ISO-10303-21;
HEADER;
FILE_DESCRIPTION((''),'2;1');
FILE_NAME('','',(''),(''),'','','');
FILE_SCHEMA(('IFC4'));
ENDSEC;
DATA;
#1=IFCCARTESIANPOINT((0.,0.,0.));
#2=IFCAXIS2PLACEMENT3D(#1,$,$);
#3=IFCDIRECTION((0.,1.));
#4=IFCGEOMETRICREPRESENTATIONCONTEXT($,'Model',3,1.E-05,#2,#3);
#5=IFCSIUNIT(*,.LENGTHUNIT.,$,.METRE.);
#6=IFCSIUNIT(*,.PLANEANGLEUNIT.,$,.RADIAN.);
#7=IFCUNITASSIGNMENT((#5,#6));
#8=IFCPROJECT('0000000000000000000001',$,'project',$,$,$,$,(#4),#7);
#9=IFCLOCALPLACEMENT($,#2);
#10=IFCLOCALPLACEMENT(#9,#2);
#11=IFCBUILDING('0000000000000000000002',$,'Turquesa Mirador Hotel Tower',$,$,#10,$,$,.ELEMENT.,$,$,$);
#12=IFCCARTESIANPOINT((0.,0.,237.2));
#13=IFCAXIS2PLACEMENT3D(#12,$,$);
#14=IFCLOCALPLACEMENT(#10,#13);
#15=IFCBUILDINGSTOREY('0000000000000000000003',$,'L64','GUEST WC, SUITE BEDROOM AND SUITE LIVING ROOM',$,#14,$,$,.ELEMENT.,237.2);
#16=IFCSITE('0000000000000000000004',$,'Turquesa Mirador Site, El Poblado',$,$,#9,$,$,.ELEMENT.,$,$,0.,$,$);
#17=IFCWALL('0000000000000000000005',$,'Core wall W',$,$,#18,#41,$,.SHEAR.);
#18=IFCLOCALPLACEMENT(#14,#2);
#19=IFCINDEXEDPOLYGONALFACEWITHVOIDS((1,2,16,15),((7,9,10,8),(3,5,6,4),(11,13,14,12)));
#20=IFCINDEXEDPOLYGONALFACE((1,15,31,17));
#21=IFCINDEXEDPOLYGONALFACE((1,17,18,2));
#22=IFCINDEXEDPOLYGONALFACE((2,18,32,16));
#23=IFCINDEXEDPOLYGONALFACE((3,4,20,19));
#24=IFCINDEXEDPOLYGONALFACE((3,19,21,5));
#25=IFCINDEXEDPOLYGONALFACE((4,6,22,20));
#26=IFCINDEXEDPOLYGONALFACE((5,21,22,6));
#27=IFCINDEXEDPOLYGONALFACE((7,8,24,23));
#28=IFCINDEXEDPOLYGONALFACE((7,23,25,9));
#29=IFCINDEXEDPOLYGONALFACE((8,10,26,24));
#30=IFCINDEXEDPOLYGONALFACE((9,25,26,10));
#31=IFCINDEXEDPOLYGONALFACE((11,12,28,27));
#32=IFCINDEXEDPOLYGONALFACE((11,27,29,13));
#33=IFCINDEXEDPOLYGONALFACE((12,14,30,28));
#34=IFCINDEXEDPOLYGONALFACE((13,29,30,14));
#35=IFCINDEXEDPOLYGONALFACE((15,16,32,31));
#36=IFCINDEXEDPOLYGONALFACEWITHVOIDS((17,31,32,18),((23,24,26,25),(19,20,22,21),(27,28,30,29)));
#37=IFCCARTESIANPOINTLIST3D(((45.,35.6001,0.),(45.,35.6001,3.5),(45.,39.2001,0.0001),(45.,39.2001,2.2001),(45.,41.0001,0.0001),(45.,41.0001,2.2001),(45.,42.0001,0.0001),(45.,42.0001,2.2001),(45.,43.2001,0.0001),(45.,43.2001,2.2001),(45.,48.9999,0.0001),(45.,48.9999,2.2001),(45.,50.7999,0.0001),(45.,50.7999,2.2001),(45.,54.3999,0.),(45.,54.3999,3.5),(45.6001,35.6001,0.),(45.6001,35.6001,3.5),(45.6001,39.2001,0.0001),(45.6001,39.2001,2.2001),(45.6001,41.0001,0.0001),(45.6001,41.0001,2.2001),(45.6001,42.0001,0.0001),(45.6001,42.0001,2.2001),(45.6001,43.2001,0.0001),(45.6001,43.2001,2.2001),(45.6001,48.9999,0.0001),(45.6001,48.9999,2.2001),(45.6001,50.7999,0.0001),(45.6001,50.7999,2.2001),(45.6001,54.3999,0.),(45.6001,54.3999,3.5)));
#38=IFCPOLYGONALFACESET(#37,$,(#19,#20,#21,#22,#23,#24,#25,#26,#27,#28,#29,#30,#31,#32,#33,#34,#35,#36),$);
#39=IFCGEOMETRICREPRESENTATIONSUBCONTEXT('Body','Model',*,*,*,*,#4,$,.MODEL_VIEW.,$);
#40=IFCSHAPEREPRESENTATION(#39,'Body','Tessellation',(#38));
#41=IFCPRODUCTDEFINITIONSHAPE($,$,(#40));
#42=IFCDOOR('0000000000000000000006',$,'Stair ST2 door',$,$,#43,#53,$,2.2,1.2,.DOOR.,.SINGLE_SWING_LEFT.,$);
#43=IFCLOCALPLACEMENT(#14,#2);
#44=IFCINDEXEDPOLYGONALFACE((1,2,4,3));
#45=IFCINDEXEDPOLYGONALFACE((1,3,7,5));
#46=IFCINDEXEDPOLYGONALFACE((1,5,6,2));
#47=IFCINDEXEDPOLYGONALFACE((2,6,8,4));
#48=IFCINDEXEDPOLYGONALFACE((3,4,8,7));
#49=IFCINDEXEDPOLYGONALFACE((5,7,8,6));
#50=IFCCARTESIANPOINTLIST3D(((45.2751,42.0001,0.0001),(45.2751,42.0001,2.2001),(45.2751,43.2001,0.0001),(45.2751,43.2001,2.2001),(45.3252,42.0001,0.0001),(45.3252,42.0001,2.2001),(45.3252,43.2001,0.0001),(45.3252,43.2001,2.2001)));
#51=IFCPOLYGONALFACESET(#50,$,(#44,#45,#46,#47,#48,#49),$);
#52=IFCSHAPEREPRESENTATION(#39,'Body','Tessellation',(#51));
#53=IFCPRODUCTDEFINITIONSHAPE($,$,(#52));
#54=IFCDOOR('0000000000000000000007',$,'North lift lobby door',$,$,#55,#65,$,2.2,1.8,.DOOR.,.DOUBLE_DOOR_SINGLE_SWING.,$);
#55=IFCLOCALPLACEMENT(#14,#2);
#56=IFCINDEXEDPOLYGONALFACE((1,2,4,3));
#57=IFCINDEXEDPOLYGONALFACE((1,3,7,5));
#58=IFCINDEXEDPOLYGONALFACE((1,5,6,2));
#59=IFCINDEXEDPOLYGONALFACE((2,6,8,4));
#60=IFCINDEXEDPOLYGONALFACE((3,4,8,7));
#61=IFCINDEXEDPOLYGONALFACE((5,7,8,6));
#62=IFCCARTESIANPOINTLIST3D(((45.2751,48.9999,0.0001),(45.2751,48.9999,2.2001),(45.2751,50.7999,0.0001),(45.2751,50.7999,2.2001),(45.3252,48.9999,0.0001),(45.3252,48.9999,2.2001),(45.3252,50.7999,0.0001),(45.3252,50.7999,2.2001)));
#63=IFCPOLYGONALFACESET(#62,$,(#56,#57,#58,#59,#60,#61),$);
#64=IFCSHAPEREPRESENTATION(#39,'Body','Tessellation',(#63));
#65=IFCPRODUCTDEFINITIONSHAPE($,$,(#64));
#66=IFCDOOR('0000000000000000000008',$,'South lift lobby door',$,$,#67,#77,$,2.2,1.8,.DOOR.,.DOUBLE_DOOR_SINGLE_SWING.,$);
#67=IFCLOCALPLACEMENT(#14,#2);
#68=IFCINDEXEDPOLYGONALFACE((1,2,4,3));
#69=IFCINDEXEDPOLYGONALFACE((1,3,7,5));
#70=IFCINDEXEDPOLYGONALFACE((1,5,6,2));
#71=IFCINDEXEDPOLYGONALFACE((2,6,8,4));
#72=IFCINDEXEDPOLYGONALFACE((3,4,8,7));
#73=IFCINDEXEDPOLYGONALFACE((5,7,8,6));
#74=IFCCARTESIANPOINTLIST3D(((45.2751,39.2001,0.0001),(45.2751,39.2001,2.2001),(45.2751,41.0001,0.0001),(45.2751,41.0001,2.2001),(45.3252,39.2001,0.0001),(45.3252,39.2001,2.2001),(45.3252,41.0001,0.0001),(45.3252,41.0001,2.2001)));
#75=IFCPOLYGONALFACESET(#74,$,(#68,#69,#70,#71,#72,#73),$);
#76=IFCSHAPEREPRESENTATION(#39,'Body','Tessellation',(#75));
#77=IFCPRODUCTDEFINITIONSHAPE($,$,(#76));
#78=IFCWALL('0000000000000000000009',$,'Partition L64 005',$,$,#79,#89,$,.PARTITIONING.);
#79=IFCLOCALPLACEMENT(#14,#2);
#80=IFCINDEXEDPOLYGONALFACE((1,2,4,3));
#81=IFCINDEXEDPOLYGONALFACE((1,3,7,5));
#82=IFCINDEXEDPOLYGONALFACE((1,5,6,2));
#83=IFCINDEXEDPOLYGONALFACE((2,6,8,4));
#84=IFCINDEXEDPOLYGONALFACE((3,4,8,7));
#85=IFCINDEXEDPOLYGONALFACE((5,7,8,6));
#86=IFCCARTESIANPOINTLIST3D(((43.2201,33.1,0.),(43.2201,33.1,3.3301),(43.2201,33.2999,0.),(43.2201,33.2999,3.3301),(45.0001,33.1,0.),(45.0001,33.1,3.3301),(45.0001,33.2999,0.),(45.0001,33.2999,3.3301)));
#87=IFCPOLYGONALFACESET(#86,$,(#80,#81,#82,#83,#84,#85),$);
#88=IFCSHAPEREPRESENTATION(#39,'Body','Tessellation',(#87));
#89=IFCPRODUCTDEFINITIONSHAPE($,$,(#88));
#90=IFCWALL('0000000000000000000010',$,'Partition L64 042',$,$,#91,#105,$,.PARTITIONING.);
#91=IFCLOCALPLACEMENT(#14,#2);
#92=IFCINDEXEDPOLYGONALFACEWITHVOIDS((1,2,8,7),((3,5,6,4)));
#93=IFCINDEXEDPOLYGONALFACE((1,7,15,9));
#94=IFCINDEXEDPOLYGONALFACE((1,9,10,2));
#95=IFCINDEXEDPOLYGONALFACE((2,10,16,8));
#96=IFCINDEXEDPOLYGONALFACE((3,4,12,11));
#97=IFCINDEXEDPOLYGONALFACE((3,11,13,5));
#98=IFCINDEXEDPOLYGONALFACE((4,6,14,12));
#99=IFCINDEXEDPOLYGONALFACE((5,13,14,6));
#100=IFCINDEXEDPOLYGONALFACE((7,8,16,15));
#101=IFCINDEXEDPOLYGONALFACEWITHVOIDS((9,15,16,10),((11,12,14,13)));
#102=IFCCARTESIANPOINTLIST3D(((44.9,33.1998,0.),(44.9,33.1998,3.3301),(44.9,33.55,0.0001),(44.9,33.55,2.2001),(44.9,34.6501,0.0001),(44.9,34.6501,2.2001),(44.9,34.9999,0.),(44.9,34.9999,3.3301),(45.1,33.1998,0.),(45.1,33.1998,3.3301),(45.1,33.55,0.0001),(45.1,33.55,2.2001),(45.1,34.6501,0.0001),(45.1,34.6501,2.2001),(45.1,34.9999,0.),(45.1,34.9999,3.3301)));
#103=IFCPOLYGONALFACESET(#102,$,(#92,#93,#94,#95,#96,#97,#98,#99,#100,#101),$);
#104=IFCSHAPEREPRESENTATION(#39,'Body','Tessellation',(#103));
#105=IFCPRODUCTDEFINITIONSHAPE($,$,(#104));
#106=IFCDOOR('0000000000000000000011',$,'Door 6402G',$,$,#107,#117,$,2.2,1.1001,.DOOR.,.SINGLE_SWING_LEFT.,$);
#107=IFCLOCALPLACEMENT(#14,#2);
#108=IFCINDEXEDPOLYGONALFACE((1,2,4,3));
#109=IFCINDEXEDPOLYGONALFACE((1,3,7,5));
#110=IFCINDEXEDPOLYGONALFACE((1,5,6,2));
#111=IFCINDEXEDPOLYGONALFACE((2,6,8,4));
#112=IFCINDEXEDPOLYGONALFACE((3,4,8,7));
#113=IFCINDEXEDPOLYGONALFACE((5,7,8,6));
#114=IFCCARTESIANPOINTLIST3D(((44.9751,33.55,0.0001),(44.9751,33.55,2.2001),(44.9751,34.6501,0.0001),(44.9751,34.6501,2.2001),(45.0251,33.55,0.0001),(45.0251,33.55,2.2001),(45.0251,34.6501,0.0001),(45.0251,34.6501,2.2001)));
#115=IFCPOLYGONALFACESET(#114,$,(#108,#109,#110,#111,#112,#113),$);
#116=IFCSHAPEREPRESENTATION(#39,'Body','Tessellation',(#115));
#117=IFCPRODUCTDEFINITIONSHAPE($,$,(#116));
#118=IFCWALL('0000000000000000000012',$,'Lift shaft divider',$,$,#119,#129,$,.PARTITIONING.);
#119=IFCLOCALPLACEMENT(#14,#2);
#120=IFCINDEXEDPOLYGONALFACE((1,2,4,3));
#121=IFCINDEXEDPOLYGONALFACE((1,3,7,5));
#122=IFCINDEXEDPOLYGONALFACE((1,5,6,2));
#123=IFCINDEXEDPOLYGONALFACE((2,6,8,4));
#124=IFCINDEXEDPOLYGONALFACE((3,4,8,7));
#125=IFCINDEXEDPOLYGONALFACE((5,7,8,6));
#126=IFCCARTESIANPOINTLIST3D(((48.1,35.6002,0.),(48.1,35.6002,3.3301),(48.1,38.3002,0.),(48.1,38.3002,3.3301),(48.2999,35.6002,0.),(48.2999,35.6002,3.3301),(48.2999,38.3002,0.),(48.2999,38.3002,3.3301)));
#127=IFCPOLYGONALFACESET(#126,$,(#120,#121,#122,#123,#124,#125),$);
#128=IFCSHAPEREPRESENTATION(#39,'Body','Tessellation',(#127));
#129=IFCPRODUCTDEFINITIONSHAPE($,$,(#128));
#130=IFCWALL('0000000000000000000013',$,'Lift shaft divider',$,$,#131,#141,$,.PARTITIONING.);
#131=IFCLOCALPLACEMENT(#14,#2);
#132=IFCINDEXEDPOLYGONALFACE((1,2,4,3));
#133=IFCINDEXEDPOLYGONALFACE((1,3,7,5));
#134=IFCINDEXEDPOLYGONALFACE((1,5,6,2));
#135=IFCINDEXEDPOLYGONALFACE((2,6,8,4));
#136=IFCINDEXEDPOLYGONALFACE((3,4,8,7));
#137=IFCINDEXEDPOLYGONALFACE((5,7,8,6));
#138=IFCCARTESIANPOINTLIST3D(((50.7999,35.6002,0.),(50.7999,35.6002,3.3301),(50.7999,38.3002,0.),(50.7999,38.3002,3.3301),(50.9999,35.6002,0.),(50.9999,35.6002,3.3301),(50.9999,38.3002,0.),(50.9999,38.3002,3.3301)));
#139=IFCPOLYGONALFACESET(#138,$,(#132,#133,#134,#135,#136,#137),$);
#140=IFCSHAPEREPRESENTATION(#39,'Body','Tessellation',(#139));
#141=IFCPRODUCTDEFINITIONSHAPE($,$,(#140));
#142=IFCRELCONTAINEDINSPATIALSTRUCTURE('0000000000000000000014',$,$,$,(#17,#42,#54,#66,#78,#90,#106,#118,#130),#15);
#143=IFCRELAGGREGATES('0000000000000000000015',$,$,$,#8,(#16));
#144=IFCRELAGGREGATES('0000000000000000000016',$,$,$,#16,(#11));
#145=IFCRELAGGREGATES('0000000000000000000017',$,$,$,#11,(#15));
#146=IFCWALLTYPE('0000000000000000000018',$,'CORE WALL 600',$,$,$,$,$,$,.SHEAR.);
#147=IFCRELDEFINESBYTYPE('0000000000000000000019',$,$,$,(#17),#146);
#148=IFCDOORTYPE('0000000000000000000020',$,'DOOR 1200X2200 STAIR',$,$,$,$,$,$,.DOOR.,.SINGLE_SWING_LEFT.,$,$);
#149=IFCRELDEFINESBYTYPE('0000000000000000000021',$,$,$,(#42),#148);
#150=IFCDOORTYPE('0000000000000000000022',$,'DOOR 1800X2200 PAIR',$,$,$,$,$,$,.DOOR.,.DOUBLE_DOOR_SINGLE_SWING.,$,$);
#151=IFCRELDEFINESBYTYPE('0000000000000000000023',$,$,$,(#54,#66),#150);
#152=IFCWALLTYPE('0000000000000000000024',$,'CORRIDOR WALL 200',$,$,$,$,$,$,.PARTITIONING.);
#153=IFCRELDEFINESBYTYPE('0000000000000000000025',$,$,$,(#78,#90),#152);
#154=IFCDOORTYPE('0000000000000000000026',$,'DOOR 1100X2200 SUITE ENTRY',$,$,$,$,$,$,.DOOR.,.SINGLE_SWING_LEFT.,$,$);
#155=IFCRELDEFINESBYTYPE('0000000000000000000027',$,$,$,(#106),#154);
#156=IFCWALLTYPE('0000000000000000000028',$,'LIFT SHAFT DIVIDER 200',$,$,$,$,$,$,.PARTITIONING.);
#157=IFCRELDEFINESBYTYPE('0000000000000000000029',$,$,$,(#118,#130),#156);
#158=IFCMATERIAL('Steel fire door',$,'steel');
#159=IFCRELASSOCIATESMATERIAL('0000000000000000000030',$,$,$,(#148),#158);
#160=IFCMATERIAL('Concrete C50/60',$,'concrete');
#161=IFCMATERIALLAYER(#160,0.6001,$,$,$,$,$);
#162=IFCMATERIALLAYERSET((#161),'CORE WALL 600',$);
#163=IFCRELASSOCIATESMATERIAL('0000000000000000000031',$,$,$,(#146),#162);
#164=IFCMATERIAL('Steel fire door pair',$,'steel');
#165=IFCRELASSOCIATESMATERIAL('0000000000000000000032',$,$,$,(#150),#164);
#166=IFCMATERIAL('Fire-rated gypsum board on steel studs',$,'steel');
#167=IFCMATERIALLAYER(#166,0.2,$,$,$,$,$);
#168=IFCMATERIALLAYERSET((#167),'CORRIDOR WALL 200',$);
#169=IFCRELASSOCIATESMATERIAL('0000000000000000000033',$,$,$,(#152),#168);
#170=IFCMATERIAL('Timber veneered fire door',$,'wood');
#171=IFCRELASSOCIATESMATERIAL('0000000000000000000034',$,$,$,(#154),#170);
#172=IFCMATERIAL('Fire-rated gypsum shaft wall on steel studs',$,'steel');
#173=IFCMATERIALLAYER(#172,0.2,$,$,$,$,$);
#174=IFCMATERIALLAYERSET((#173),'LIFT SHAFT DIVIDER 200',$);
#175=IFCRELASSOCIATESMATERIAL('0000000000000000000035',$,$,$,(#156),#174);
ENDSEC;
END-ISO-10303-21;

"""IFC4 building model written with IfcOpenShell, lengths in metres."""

from ifc_helpers import new_model, si_unit, direction, frame, frame_2d, origin, place, context, subcontext, project, spatial, rectangle, extrude, material, layer, layer_set, type_object, element, fill, save


model = new_model("IFC4")

# Units and contexts
model_context = context("Model", 3, precision=1e-05, world=origin(), true_north=direction((0.0, 1.0)))
body_context = subcontext(model_context, "Body", "Model", "MODEL_VIEW")
ifc_project = project(units=[si_unit("LENGTHUNIT", "METRE"), si_unit("PLANEANGLEUNIT", "RADIAN")], contexts=[model_context])

# Site, building, storey
site_placement = place(None, origin())
site = spatial("IfcSite", under=ifc_project, at=site_placement, Name="Turquesa Mirador Site, El Poblado", CompositionType="ELEMENT", RefElevation=0.0)
building_placement = place(site_placement, origin())
building = spatial("IfcBuilding", under=site, at=building_placement, Name="Turquesa Mirador Hotel Tower", CompositionType="ELEMENT")
storey_placement = place(building_placement, frame((0.0, 0.0, 237.2)))
storey = spatial("IfcBuildingStorey", under=building, at=storey_placement, Name="L64", Description="GUEST WC, SUITE BEDROOM AND SUITE LIVING ROOM", CompositionType="ELEMENT", Elevation=237.2)

# Shared definitions
ifc_material_1 = material(Name="Steel fire door", Category="steel")
door_type_1 = type_object("IfcDoorType", Name="DOOR 1200X2200 STAIR", OperationType="SINGLE_SWING_LEFT", PredefinedType="DOOR", material=ifc_material_1)

# Shared definitions
ifc_material_2 = material(Name="Concrete C50/60", Category="concrete")
ifc_layer_1 = layer(ifc_material_2, 0.6001)
ifc_layer_set_1 = layer_set([ifc_layer_1], Name="CORE WALL 600")
wall_type_1 = type_object("IfcWallType", Name="CORE WALL 600", PredefinedType="SHEAR", material=ifc_layer_set_1)

# Wall, openings, doors
wall_1_placement = place(storey_placement, frame((45.3, 35.6001, 0.0), z_axis=(0.0, 0.0, 1.0), x_axis=(0.0, 1.0, 0.0)))
wall_1 = element("IfcWall", 1, at=wall_1_placement, inside=storey, type_object=wall_type_1, Name="Core wall W", PredefinedType="SHEAR", context=body_context, shape_type="SweptSolid", body=[
    extrude(rectangle(XDim=18.7998, YDim=0.6001, at=frame_2d((9.3999, 0.0))), origin(), (0.0, 0.0, 1.0), 3.5),
])
opening_1_placement = place(wall_1_placement, frame((13.3999, 0.0, 0.0)))
opening_1 = element("IfcOpeningElement", 2, at=opening_1_placement, cuts=wall_1, PredefinedType="OPENING", context=body_context, shape_type="SweptSolid", body=[
    extrude(rectangle(XDim=1.8, YDim=2.2, at=frame_2d((0.8999, 1.1001))), frame((0.0, 0.3101, 0.0), z_axis=(0.0, -1.0, 0.0), x_axis=(1.0, 0.0, 0.0)), (0.0, 0.0, 1.0), 0.6201),
])
opening_2_placement = place(wall_1_placement, frame((3.6001, 0.0, 0.0)))
opening_2 = element("IfcOpeningElement", 3, at=opening_2_placement, cuts=wall_1, PredefinedType="OPENING", context=body_context, shape_type="SweptSolid", body=[
    extrude(rectangle(XDim=1.8, YDim=2.2, at=frame_2d((0.8999, 1.1001))), frame((0.0, 0.3101, 0.0), z_axis=(0.0, -1.0, 0.0), x_axis=(1.0, 0.0, 0.0)), (0.0, 0.0, 1.0), 0.6201),
])
opening_3_placement = place(wall_1_placement, frame((6.3999, 0.0, 0.0)))
opening_3 = element("IfcOpeningElement", 4, at=opening_3_placement, cuts=wall_1, PredefinedType="OPENING", context=body_context, shape_type="SweptSolid", body=[
    extrude(rectangle(XDim=1.2, YDim=2.2, at=frame_2d((0.6001, 1.1001))), frame((0.0, 0.3101, 0.0), z_axis=(0.0, -1.0, 0.0), x_axis=(1.0, 0.0, 0.0)), (0.0, 0.0, 1.0), 0.6201),
])
door_1_placement = place(opening_3_placement, origin())
door_1 = element("IfcDoor", 5, at=door_1_placement, inside=storey, type_object=door_type_1, Name="Stair ST2 door", OperationType="SINGLE_SWING_LEFT", OverallHeight=2.2, OverallWidth=1.2, PredefinedType="DOOR", context=body_context, shape_type="SweptSolid", body=[
    extrude(rectangle(XDim=1.2, YDim=2.2, at=frame_2d((0.6001, 1.1001))), frame((0.0, 0.0249, 0.0), z_axis=(0.0, -1.0, 0.0), x_axis=(1.0, 0.0, 0.0)), (0.0, 0.0, 1.0), 0.05),
])
fill(opening_3, door_1)
ifc_material_3 = material(Name="Steel fire door pair", Category="steel")
door_type_2 = type_object("IfcDoorType", Name="DOOR 1800X2200 PAIR", OperationType="DOUBLE_DOOR_SINGLE_SWING", PredefinedType="DOOR", material=ifc_material_3)
door_2_placement = place(opening_1_placement, origin())
door_2 = element("IfcDoor", 6, at=door_2_placement, inside=storey, type_object=door_type_2, Name="North lift lobby door", OperationType="DOUBLE_DOOR_SINGLE_SWING", OverallHeight=2.2, OverallWidth=1.8, PredefinedType="DOOR", context=body_context, shape_type="SweptSolid", body=[
    extrude(rectangle(XDim=1.8, YDim=2.2, at=frame_2d((0.8999, 1.1001))), frame((0.0, 0.0249, 0.0), z_axis=(0.0, -1.0, 0.0), x_axis=(1.0, 0.0, 0.0)), (0.0, 0.0, 1.0), 0.05),
])
fill(opening_1, door_2)
door_3_placement = place(opening_2_placement, origin())
door_3 = element("IfcDoor", 7, at=door_3_placement, inside=storey, type_object=door_type_2, Name="South lift lobby door", OperationType="DOUBLE_DOOR_SINGLE_SWING", OverallHeight=2.2, OverallWidth=1.8, PredefinedType="DOOR", context=body_context, shape_type="SweptSolid", body=[
    extrude(rectangle(XDim=1.8, YDim=2.2, at=frame_2d((0.8999, 1.1001))), frame((0.0, 0.0249, 0.0), z_axis=(0.0, -1.0, 0.0), x_axis=(1.0, 0.0, 0.0)), (0.0, 0.0, 1.0), 0.05),
])
fill(opening_2, door_3)

# Wall
ifc_material_4 = material(Name="Fire-rated gypsum board on steel studs", Category="steel")
ifc_layer_2 = layer(ifc_material_4, 0.2)
ifc_layer_set_2 = layer_set([ifc_layer_2], Name="CORRIDOR WALL 200")
wall_type_2 = type_object("IfcWallType", Name="CORRIDOR WALL 200", PredefinedType="PARTITIONING", material=ifc_layer_set_2)
wall_2_placement = place(storey_placement, frame((43.22, 33.2, 0.0), z_axis=(0.0, 0.0, 1.0), x_axis=(1.0, 0.0, 0.0)))
element("IfcWall", 8, at=wall_2_placement, inside=storey, type_object=wall_type_2, Name="Partition L64 005", PredefinedType="PARTITIONING", context=body_context, shape_type="SweptSolid", body=[
    extrude(rectangle(XDim=1.78, YDim=0.2, at=frame_2d((0.8901, 0.0))), origin(), (0.0, 0.0, 1.0), 3.3301),
])

# Wall, opening, door
wall_3_placement = place(storey_placement, frame((45.0, 33.2, 0.0), z_axis=(0.0, 0.0, 1.0), x_axis=(0.0, 1.0, 0.0)))
wall_3 = element("IfcWall", 9, at=wall_3_placement, inside=storey, type_object=wall_type_2, Name="Partition L64 042", PredefinedType="PARTITIONING", context=body_context, shape_type="SweptSolid", body=[
    extrude(rectangle(XDim=1.8, YDim=0.2, at=frame_2d((0.8999, 0.0))), origin(), (0.0, 0.0, 1.0), 3.3301),
])
opening_4_placement = place(wall_3_placement, frame((0.3501, 0.0, 0.0)))
opening_4 = element("IfcOpeningElement", 10, at=opening_4_placement, cuts=wall_3, PredefinedType="OPENING", context=body_context, shape_type="SweptSolid", body=[
    extrude(rectangle(XDim=1.1001, YDim=2.2, at=frame_2d((0.55, 1.1001))), frame((0.0, 0.1099, 0.0), z_axis=(0.0, -1.0, 0.0), x_axis=(1.0, 0.0, 0.0)), (0.0, 0.0, 1.0), 0.22),
])
ifc_material_5 = material(Name="Timber veneered fire door", Category="wood")
door_type_3 = type_object("IfcDoorType", Name="DOOR 1100X2200 SUITE ENTRY", OperationType="SINGLE_SWING_LEFT", PredefinedType="DOOR", material=ifc_material_5)
door_4_placement = place(opening_4_placement, origin())
door_4 = element("IfcDoor", 11, at=door_4_placement, inside=storey, type_object=door_type_3, Name="Door 6402G", OperationType="SINGLE_SWING_LEFT", OverallHeight=2.2, OverallWidth=1.1001, PredefinedType="DOOR", context=body_context, shape_type="SweptSolid", body=[
    extrude(rectangle(XDim=1.1001, YDim=2.2, at=frame_2d((0.55, 1.1001))), frame((0.0, 0.0249, 0.0), z_axis=(0.0, -1.0, 0.0), x_axis=(1.0, 0.0, 0.0)), (0.0, 0.0, 1.0), 0.05),
])
fill(opening_4, door_4)

# Walls
ifc_material_6 = material(Name="Fire-rated gypsum shaft wall on steel studs", Category="steel")
ifc_layer_3 = layer(ifc_material_6, 0.2)
ifc_layer_set_3 = layer_set([ifc_layer_3], Name="LIFT SHAFT DIVIDER 200")
wall_type_3 = type_object("IfcWallType", Name="LIFT SHAFT DIVIDER 200", PredefinedType="PARTITIONING", material=ifc_layer_set_3)
for number, where, z_axis, x_axis, name in (
    (12, (48.2, 35.6001, 0.0), (0.0, 0.0, 1.0), (0.0, 1.0, 0.0), "Lift shaft divider"),
    (13, (50.8999, 35.6001, 0.0), (0.0, 0.0, 1.0), (0.0, 1.0, 0.0), "Lift shaft divider"),
):
    element("IfcWall", number, at=place(storey_placement, frame(where, z_axis=z_axis, x_axis=x_axis)), inside=storey, type_object=wall_type_3, Name=name, PredefinedType="PARTITIONING", context=body_context, shape_type="SweptSolid", body=[
        extrude(rectangle(XDim=2.7, YDim=0.2, at=frame_2d((1.3501, 0.0))), origin(), (0.0, 0.0, 1.0), 3.3301),
    ])

save(model, "model.ifc")
